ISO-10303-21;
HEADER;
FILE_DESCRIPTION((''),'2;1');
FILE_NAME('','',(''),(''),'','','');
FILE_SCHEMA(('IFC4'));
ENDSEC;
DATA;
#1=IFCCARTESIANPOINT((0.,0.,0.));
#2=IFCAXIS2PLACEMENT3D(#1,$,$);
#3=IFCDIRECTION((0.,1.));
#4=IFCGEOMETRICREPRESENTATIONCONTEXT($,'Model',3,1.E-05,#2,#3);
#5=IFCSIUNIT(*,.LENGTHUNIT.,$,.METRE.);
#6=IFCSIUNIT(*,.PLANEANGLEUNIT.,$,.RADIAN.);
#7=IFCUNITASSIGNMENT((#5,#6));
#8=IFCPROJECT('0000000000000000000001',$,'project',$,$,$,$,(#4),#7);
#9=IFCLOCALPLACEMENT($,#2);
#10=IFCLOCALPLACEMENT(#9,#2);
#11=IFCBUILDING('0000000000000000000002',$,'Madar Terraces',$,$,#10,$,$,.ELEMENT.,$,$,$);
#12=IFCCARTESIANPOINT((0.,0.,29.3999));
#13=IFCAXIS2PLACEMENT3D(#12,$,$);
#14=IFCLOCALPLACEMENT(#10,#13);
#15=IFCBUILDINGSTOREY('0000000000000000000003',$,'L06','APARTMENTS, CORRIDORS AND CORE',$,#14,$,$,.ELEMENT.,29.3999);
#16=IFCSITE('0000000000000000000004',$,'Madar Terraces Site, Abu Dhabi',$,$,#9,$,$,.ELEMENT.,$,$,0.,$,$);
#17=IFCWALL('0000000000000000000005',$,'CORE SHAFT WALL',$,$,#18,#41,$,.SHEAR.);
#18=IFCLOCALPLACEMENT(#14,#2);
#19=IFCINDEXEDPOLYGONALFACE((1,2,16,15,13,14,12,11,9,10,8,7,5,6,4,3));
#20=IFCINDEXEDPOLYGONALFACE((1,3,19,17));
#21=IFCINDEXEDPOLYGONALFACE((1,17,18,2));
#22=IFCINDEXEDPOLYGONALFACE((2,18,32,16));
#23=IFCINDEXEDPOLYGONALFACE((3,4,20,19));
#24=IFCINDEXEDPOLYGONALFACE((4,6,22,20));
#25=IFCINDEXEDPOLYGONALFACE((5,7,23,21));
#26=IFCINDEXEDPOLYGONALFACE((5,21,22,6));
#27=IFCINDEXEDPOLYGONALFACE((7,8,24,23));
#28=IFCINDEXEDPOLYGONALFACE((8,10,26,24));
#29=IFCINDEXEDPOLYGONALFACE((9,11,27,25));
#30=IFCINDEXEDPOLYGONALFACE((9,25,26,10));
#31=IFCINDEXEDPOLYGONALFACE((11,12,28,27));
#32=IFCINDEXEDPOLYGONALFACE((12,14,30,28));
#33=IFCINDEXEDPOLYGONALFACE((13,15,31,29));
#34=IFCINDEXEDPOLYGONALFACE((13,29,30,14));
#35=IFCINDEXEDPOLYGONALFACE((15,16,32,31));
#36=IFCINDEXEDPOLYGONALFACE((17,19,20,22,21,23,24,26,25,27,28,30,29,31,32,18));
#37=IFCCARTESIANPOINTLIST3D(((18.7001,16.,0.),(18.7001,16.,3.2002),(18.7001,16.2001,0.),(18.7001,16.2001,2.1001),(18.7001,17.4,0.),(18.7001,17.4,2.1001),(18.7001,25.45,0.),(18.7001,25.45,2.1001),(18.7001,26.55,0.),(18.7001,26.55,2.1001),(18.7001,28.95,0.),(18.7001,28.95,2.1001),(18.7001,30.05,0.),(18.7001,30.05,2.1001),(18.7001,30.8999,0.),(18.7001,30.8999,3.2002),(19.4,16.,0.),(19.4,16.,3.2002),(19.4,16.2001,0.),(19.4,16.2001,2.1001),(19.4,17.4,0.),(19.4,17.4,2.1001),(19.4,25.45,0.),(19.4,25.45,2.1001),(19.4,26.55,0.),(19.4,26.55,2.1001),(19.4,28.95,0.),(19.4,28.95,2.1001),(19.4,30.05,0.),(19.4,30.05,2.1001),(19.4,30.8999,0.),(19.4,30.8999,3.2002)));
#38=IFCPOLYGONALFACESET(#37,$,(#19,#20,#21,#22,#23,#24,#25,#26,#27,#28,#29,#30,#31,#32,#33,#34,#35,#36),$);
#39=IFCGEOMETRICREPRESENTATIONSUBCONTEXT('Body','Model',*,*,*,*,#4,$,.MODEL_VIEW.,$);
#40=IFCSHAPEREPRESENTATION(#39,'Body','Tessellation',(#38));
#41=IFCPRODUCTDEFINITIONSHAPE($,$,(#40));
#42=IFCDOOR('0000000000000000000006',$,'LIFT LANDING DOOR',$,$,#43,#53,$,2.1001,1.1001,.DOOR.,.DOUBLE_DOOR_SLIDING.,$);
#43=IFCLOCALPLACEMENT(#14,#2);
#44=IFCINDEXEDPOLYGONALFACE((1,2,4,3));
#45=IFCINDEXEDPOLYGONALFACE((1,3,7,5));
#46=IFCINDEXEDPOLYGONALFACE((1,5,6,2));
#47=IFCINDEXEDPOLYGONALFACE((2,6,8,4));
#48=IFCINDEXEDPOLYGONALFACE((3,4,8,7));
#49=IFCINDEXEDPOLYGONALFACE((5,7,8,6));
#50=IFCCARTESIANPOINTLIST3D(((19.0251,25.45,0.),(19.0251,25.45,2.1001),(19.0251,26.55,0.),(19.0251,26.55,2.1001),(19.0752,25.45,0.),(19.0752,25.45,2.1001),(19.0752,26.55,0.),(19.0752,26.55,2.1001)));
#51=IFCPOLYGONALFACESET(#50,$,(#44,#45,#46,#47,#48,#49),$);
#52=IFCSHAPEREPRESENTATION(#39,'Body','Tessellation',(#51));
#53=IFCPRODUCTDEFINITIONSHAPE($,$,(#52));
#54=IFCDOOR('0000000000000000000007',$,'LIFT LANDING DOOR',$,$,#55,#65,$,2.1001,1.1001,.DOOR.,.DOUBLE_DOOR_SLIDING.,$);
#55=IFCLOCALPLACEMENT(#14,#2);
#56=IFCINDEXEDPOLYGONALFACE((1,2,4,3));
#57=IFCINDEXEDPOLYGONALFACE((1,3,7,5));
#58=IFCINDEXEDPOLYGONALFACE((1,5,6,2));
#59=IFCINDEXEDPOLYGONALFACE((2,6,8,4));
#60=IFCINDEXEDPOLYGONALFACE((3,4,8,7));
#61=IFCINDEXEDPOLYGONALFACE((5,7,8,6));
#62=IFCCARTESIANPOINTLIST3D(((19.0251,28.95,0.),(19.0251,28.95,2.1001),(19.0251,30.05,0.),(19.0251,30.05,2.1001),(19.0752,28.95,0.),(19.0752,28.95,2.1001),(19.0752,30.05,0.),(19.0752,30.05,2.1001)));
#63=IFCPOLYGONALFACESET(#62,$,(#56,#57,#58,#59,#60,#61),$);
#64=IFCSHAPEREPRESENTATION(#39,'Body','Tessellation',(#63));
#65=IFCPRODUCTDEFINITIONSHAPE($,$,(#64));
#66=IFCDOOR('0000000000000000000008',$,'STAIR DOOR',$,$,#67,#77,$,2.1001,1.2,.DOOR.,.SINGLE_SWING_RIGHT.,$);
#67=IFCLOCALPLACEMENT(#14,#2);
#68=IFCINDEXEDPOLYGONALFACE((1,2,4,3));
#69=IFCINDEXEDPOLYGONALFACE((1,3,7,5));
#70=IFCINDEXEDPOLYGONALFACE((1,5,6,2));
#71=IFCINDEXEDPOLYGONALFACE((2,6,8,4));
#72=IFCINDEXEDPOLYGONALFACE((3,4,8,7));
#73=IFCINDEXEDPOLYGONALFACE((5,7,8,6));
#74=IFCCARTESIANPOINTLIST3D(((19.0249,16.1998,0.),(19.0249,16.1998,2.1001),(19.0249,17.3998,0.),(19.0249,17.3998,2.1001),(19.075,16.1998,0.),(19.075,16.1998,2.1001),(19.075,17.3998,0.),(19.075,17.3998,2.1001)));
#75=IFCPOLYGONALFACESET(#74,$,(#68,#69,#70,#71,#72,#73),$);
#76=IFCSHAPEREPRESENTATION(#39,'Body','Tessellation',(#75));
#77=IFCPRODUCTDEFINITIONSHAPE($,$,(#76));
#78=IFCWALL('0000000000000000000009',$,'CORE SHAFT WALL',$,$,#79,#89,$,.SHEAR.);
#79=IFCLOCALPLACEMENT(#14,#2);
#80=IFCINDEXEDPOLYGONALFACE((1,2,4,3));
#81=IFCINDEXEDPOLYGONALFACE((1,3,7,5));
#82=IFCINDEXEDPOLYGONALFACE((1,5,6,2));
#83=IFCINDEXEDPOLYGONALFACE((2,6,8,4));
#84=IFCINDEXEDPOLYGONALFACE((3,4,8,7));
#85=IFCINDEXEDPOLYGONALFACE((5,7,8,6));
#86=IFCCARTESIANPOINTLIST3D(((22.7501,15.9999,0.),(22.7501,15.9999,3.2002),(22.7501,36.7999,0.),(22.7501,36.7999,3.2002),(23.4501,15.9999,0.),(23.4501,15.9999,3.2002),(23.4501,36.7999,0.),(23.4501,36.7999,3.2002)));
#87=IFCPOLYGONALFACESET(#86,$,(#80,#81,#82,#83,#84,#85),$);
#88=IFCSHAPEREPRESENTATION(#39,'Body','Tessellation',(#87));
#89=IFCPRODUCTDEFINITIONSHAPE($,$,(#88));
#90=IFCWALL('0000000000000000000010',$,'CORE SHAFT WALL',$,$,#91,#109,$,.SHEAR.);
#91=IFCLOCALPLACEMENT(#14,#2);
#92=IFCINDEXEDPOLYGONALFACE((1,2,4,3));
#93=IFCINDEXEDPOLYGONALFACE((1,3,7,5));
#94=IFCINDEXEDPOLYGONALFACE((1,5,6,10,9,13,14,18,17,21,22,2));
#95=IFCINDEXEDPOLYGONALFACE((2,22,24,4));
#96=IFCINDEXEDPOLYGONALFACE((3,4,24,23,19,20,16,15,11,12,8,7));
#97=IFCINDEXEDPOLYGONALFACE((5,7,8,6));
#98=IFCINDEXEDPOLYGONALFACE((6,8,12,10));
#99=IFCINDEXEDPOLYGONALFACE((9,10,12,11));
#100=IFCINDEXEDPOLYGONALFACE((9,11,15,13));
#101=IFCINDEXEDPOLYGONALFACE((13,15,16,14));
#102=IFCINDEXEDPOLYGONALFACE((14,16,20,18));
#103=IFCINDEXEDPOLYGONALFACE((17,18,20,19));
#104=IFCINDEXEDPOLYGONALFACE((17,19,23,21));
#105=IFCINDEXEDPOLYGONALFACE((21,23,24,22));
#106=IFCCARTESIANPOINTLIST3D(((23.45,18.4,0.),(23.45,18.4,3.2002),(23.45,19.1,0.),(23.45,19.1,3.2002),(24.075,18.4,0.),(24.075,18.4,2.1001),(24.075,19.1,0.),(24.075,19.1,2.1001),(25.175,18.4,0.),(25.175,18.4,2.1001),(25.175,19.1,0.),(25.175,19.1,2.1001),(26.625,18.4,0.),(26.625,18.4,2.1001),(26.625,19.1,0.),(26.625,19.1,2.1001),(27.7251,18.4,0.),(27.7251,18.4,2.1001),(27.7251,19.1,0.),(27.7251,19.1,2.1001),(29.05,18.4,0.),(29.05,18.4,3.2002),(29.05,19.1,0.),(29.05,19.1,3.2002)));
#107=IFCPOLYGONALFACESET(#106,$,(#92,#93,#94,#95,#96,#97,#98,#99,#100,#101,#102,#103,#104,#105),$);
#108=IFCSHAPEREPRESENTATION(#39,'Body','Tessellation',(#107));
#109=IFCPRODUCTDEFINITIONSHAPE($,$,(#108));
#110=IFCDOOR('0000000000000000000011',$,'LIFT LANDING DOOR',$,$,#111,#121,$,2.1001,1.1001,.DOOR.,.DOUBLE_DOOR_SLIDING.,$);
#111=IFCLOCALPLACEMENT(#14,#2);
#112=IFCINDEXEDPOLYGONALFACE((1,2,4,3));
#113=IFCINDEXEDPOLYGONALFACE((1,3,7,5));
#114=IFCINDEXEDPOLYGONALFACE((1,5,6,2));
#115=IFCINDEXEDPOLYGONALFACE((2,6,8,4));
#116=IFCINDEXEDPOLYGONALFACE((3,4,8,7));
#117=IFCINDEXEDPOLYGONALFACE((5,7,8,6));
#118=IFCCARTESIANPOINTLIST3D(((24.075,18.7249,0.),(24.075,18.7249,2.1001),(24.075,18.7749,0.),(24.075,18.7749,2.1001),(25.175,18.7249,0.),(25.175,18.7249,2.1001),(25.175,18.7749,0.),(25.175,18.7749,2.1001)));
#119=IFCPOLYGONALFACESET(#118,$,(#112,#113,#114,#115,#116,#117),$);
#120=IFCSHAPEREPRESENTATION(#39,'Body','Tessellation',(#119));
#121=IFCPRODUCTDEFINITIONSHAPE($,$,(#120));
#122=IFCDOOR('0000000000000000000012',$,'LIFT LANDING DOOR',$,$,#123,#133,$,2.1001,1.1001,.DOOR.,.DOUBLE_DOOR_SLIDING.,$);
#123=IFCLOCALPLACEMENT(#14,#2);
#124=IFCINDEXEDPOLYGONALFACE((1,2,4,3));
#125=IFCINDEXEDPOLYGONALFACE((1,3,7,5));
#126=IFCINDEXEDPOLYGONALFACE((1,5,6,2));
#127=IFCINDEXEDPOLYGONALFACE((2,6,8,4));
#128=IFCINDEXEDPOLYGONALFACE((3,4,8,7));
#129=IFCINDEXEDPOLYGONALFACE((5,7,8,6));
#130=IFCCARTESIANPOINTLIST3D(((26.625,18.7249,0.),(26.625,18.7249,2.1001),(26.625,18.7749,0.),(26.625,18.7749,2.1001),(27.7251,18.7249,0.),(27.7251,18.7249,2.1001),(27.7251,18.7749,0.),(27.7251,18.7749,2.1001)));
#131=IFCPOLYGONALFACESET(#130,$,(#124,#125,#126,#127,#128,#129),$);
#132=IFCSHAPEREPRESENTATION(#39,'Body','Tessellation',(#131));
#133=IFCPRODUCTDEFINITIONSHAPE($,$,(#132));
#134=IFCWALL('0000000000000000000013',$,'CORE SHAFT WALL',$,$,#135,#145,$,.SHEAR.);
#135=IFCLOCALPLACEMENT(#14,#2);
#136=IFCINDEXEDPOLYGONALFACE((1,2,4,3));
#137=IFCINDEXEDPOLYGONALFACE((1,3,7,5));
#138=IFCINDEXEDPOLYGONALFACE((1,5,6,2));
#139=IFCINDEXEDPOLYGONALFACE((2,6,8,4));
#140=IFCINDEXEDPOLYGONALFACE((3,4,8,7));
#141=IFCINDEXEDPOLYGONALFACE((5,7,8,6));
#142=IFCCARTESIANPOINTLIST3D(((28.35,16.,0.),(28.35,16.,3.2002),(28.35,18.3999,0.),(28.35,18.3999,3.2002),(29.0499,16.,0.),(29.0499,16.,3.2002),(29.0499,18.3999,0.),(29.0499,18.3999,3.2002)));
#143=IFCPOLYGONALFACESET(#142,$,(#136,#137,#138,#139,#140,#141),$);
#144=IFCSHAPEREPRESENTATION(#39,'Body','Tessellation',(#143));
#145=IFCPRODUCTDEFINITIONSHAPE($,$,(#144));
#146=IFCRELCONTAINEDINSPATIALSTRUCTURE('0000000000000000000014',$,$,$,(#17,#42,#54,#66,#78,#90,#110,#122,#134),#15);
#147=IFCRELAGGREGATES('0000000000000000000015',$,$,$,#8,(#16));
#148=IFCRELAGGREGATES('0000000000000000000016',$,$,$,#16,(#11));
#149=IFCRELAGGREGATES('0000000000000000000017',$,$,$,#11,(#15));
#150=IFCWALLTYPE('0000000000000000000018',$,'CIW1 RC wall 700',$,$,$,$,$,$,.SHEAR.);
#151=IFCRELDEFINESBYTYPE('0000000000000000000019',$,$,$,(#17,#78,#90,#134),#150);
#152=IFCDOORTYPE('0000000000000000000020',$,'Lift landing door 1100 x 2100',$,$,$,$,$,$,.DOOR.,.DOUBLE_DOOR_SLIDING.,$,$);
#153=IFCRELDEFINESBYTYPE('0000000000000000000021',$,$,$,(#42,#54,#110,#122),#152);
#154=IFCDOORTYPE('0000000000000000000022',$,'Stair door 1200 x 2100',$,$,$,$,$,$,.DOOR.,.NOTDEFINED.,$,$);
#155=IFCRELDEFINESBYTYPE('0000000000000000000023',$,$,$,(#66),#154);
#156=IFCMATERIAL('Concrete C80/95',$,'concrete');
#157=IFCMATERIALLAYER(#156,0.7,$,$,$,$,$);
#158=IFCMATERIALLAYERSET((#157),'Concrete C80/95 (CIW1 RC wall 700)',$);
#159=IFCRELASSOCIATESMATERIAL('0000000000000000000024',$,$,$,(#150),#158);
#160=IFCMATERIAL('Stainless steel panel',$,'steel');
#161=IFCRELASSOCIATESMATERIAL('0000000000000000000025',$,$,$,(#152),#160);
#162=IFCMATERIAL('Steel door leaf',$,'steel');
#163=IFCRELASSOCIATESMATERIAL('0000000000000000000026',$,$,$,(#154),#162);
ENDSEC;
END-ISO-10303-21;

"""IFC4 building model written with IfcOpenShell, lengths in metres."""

from ifc_helpers import new_model, si_unit, direction, frame, frame_2d, origin, place, context, subcontext, project, spatial, rectangle, extrude, material, layer, layer_set, type_object, element, fill, save


model = new_model("IFC4")

# Units and contexts
model_context = context("Model", 3, precision=1e-05, world=origin(), true_north=direction((0.0, 1.0)))
body_context = subcontext(model_context, "Body", "Model", "MODEL_VIEW")
ifc_project = project(units=[si_unit("LENGTHUNIT", "METRE"), si_unit("PLANEANGLEUNIT", "RADIAN")], contexts=[model_context])

# Site, building, storey
site_placement = place(None, origin())
site = spatial("IfcSite", under=ifc_project, at=site_placement, Name="Madar Terraces Site, Abu Dhabi", CompositionType="ELEMENT", RefElevation=0.0)
building_placement = place(site_placement, origin())
building = spatial("IfcBuilding", under=site, at=building_placement, Name="Madar Terraces", CompositionType="ELEMENT")
storey_placement = place(building_placement, frame((0.0, 0.0, 29.3999)))
storey = spatial("IfcBuildingStorey", under=building, at=storey_placement, Name="L06", Description="APARTMENTS, CORRIDORS AND CORE", CompositionType="ELEMENT", Elevation=29.3999)

# Wall, openings, doors
ifc_material_1 = material(Name="Concrete C80/95", Category="concrete")
ifc_layer_1 = layer(ifc_material_1, 0.7)
ifc_layer_set_1 = layer_set([ifc_layer_1], Name="Concrete C80/95 (CIW1 RC wall 700)")
wall_type_1 = type_object("IfcWallType", Name="CIW1 RC wall 700", PredefinedType="SHEAR", material=ifc_layer_set_1)
wall_1_placement = place(storey_placement, frame((19.05, 16.0, 0.0), z_axis=(0.0, 0.0, 1.0), x_axis=(0.0, 1.0, 0.0)))
wall_1 = element("IfcWall", 1, at=wall_1_placement, inside=storey, type_object=wall_type_1, Name="CORE SHAFT WALL", PredefinedType="SHEAR", context=body_context, shape_type="SweptSolid", body=[
    extrude(rectangle(XDim=14.8999, YDim=0.7, at=frame_2d((7.45, 0.0))), origin(), (0.0, 0.0, 1.0), 3.2002),
])
opening_1_placement = place(wall_1_placement, frame((9.45, 0.0, 0.0)))
opening_1 = element("IfcOpeningElement", 2, at=opening_1_placement, cuts=wall_1, PredefinedType="OPENING", context=body_context, shape_type="SweptSolid", body=[
    extrude(rectangle(XDim=1.1001, YDim=2.1001, at=frame_2d((0.55, 1.05))), frame((0.0, 0.3599, 0.0), z_axis=(0.0, -1.0, 0.0), x_axis=(1.0, 0.0, 0.0)), (0.0, 0.0, 1.0), 0.72),
])
opening_2_placement = place(wall_1_placement, frame((12.95, 0.0, 0.0)))
opening_2 = element("IfcOpeningElement", 3, at=opening_2_placement, cuts=wall_1, PredefinedType="OPENING", context=body_context, shape_type="SweptSolid", body=[
    extrude(rectangle(XDim=1.1001, YDim=2.1001, at=frame_2d((0.55, 1.05))), frame((0.0, 0.3599, 0.0), z_axis=(0.0, -1.0, 0.0), x_axis=(1.0, 0.0, 0.0)), (0.0, 0.0, 1.0), 0.72),
])
opening_3_placement = place(wall_1_placement, frame((0.2, 0.0, 0.0)))
opening_3 = element("IfcOpeningElement", 4, at=opening_3_placement, cuts=wall_1, PredefinedType="OPENING", context=body_context, shape_type="SweptSolid", body=[
    extrude(rectangle(XDim=1.2, YDim=2.1001, at=frame_2d((0.6001, 1.05))), frame((0.0, 0.3599, 0.0), z_axis=(0.0, -1.0, 0.0), x_axis=(1.0, 0.0, 0.0)), (0.0, 0.0, 1.0), 0.72),
])
ifc_material_2 = material(Name="Stainless steel panel", Category="steel")
door_type_1 = type_object("IfcDoorType", Name="Lift landing door 1100 x 2100", OperationType="DOUBLE_DOOR_SLIDING", PredefinedType="DOOR", material=ifc_material_2)
door_1_placement = place(opening_1_placement, origin())
door_1 = element("IfcDoor", 5, at=door_1_placement, inside=storey, type_object=door_type_1, Name="LIFT LANDING DOOR", OperationType="DOUBLE_DOOR_SLIDING", OverallHeight=2.1001, OverallWidth=1.1001, PredefinedType="DOOR", context=body_context, shape_type="SweptSolid", body=[
    extrude(rectangle(XDim=1.1001, YDim=2.1001, at=frame_2d((0.55, 1.05))), frame((0.0, 0.0249, 0.0), z_axis=(0.0, -1.0, 0.0), x_axis=(1.0, 0.0, 0.0)), (0.0, 0.0, 1.0), 0.05),
])
fill(opening_1, door_1)
door_2_placement = place(opening_2_placement, origin())
door_2 = element("IfcDoor", 6, at=door_2_placement, inside=storey, type_object=door_type_1, Name="LIFT LANDING DOOR", OperationType="DOUBLE_DOOR_SLIDING", OverallHeight=2.1001, OverallWidth=1.1001, PredefinedType="DOOR", context=body_context, shape_type="SweptSolid", body=[
    extrude(rectangle(XDim=1.1001, YDim=2.1001, at=frame_2d((0.55, 1.05))), frame((0.0, 0.0249, 0.0), z_axis=(0.0, -1.0, 0.0), x_axis=(1.0, 0.0, 0.0)), (0.0, 0.0, 1.0), 0.05),
])
fill(opening_2, door_2)
ifc_material_3 = material(Name="Steel door leaf", Category="steel")
door_type_2 = type_object("IfcDoorType", Name="Stair door 1200 x 2100", OperationType="NOTDEFINED", PredefinedType="DOOR", material=ifc_material_3)
door_3_placement = place(opening_3_placement, frame((1.2, 0.0, 0.0), z_axis=(0.0, 0.0, 1.0), x_axis=(-1.0, 0.0, 0.0)))
door_3 = element("IfcDoor", 7, at=door_3_placement, inside=storey, type_object=door_type_2, Name="STAIR DOOR", OperationType="SINGLE_SWING_RIGHT", OverallHeight=2.1001, OverallWidth=1.2, PredefinedType="DOOR", context=body_context, shape_type="SweptSolid", body=[
    extrude(rectangle(XDim=1.2, YDim=2.1001, at=frame_2d((0.6001, 1.05))), frame((0.0, 0.0249, 0.0), z_axis=(0.0, -1.0, 0.0), x_axis=(1.0, 0.0, 0.0)), (0.0, 0.0, 1.0), 0.05),
])
fill(opening_3, door_3)

# Wall
wall_2_placement = place(storey_placement, frame((23.1001, 16.0, 0.0), z_axis=(0.0, 0.0, 1.0), x_axis=(0.0, 1.0, 0.0)))
element("IfcWall", 8, at=wall_2_placement, inside=storey, type_object=wall_type_1, Name="CORE SHAFT WALL", PredefinedType="SHEAR", context=body_context, shape_type="SweptSolid", body=[
    extrude(rectangle(XDim=20.8, YDim=0.7, at=frame_2d((10.3999, 0.0))), origin(), (0.0, 0.0, 1.0), 3.2002),
])

# Wall, openings, doors
wall_3_placement = place(storey_placement, frame((23.45, 18.75, 0.0), z_axis=(0.0, 0.0, 1.0), x_axis=(1.0, 0.0, 0.0)))
wall_3 = element("IfcWall", 9, at=wall_3_placement, inside=storey, type_object=wall_type_1, Name="CORE SHAFT WALL", PredefinedType="SHEAR", context=body_context, shape_type="SweptSolid", body=[
    extrude(rectangle(XDim=5.6001, YDim=0.7, at=frame_2d((2.8, 0.0))), origin(), (0.0, 0.0, 1.0), 3.2002),
])
opening_4_placement = place(wall_3_placement, frame((0.625, 0.0, 0.0)))
opening_4 = element("IfcOpeningElement", 10, at=opening_4_placement, cuts=wall_3, PredefinedType="OPENING", context=body_context, shape_type="SweptSolid", body=[
    extrude(rectangle(XDim=1.1001, YDim=2.1001, at=frame_2d((0.55, 1.05))), frame((0.0, 0.3599, 0.0), z_axis=(0.0, -1.0, 0.0), x_axis=(1.0, 0.0, 0.0)), (0.0, 0.0, 1.0), 0.72),
])
opening_5_placement = place(wall_3_placement, frame((3.175, 0.0, 0.0)))
opening_5 = element("IfcOpeningElement", 11, at=opening_5_placement, cuts=wall_3, PredefinedType="OPENING", context=body_context, shape_type="SweptSolid", body=[
    extrude(rectangle(XDim=1.1001, YDim=2.1001, at=frame_2d((0.55, 1.05))), frame((0.0, 0.3599, 0.0), z_axis=(0.0, -1.0, 0.0), x_axis=(1.0, 0.0, 0.0)), (0.0, 0.0, 1.0), 0.72),
])
door_4_placement = place(opening_4_placement, origin())
door_4 = element("IfcDoor", 12, at=door_4_placement, inside=storey, type_object=door_type_1, Name="LIFT LANDING DOOR", OperationType="DOUBLE_DOOR_SLIDING", OverallHeight=2.1001, OverallWidth=1.1001, PredefinedType="DOOR", context=body_context, shape_type="SweptSolid", body=[
    extrude(rectangle(XDim=1.1001, YDim=2.1001, at=frame_2d((0.55, 1.05))), frame((0.0, 0.0249, 0.0), z_axis=(0.0, -1.0, 0.0), x_axis=(1.0, 0.0, 0.0)), (0.0, 0.0, 1.0), 0.05),
])
fill(opening_4, door_4)
door_5_placement = place(opening_5_placement, origin())
door_5 = element("IfcDoor", 13, at=door_5_placement, inside=storey, type_object=door_type_1, Name="LIFT LANDING DOOR", OperationType="DOUBLE_DOOR_SLIDING", OverallHeight=2.1001, OverallWidth=1.1001, PredefinedType="DOOR", context=body_context, shape_type="SweptSolid", body=[
    extrude(rectangle(XDim=1.1001, YDim=2.1001, at=frame_2d((0.55, 1.05))), frame((0.0, 0.0249, 0.0), z_axis=(0.0, -1.0, 0.0), x_axis=(1.0, 0.0, 0.0)), (0.0, 0.0, 1.0), 0.05),
])
fill(opening_5, door_5)

# Wall
wall_4_placement = place(storey_placement, frame((28.7, 16.0, 0.0), z_axis=(0.0, 0.0, 1.0), x_axis=(0.0, 1.0, 0.0)))
element("IfcWall", 14, at=wall_4_placement, inside=storey, type_object=wall_type_1, Name="CORE SHAFT WALL", PredefinedType="SHEAR", context=body_context, shape_type="SweptSolid", body=[
    extrude(rectangle(XDim=2.3999, YDim=0.7, at=frame_2d((1.2, 0.0))), origin(), (0.0, 0.0, 1.0), 3.2002),
])

save(model, "model.ifc")
